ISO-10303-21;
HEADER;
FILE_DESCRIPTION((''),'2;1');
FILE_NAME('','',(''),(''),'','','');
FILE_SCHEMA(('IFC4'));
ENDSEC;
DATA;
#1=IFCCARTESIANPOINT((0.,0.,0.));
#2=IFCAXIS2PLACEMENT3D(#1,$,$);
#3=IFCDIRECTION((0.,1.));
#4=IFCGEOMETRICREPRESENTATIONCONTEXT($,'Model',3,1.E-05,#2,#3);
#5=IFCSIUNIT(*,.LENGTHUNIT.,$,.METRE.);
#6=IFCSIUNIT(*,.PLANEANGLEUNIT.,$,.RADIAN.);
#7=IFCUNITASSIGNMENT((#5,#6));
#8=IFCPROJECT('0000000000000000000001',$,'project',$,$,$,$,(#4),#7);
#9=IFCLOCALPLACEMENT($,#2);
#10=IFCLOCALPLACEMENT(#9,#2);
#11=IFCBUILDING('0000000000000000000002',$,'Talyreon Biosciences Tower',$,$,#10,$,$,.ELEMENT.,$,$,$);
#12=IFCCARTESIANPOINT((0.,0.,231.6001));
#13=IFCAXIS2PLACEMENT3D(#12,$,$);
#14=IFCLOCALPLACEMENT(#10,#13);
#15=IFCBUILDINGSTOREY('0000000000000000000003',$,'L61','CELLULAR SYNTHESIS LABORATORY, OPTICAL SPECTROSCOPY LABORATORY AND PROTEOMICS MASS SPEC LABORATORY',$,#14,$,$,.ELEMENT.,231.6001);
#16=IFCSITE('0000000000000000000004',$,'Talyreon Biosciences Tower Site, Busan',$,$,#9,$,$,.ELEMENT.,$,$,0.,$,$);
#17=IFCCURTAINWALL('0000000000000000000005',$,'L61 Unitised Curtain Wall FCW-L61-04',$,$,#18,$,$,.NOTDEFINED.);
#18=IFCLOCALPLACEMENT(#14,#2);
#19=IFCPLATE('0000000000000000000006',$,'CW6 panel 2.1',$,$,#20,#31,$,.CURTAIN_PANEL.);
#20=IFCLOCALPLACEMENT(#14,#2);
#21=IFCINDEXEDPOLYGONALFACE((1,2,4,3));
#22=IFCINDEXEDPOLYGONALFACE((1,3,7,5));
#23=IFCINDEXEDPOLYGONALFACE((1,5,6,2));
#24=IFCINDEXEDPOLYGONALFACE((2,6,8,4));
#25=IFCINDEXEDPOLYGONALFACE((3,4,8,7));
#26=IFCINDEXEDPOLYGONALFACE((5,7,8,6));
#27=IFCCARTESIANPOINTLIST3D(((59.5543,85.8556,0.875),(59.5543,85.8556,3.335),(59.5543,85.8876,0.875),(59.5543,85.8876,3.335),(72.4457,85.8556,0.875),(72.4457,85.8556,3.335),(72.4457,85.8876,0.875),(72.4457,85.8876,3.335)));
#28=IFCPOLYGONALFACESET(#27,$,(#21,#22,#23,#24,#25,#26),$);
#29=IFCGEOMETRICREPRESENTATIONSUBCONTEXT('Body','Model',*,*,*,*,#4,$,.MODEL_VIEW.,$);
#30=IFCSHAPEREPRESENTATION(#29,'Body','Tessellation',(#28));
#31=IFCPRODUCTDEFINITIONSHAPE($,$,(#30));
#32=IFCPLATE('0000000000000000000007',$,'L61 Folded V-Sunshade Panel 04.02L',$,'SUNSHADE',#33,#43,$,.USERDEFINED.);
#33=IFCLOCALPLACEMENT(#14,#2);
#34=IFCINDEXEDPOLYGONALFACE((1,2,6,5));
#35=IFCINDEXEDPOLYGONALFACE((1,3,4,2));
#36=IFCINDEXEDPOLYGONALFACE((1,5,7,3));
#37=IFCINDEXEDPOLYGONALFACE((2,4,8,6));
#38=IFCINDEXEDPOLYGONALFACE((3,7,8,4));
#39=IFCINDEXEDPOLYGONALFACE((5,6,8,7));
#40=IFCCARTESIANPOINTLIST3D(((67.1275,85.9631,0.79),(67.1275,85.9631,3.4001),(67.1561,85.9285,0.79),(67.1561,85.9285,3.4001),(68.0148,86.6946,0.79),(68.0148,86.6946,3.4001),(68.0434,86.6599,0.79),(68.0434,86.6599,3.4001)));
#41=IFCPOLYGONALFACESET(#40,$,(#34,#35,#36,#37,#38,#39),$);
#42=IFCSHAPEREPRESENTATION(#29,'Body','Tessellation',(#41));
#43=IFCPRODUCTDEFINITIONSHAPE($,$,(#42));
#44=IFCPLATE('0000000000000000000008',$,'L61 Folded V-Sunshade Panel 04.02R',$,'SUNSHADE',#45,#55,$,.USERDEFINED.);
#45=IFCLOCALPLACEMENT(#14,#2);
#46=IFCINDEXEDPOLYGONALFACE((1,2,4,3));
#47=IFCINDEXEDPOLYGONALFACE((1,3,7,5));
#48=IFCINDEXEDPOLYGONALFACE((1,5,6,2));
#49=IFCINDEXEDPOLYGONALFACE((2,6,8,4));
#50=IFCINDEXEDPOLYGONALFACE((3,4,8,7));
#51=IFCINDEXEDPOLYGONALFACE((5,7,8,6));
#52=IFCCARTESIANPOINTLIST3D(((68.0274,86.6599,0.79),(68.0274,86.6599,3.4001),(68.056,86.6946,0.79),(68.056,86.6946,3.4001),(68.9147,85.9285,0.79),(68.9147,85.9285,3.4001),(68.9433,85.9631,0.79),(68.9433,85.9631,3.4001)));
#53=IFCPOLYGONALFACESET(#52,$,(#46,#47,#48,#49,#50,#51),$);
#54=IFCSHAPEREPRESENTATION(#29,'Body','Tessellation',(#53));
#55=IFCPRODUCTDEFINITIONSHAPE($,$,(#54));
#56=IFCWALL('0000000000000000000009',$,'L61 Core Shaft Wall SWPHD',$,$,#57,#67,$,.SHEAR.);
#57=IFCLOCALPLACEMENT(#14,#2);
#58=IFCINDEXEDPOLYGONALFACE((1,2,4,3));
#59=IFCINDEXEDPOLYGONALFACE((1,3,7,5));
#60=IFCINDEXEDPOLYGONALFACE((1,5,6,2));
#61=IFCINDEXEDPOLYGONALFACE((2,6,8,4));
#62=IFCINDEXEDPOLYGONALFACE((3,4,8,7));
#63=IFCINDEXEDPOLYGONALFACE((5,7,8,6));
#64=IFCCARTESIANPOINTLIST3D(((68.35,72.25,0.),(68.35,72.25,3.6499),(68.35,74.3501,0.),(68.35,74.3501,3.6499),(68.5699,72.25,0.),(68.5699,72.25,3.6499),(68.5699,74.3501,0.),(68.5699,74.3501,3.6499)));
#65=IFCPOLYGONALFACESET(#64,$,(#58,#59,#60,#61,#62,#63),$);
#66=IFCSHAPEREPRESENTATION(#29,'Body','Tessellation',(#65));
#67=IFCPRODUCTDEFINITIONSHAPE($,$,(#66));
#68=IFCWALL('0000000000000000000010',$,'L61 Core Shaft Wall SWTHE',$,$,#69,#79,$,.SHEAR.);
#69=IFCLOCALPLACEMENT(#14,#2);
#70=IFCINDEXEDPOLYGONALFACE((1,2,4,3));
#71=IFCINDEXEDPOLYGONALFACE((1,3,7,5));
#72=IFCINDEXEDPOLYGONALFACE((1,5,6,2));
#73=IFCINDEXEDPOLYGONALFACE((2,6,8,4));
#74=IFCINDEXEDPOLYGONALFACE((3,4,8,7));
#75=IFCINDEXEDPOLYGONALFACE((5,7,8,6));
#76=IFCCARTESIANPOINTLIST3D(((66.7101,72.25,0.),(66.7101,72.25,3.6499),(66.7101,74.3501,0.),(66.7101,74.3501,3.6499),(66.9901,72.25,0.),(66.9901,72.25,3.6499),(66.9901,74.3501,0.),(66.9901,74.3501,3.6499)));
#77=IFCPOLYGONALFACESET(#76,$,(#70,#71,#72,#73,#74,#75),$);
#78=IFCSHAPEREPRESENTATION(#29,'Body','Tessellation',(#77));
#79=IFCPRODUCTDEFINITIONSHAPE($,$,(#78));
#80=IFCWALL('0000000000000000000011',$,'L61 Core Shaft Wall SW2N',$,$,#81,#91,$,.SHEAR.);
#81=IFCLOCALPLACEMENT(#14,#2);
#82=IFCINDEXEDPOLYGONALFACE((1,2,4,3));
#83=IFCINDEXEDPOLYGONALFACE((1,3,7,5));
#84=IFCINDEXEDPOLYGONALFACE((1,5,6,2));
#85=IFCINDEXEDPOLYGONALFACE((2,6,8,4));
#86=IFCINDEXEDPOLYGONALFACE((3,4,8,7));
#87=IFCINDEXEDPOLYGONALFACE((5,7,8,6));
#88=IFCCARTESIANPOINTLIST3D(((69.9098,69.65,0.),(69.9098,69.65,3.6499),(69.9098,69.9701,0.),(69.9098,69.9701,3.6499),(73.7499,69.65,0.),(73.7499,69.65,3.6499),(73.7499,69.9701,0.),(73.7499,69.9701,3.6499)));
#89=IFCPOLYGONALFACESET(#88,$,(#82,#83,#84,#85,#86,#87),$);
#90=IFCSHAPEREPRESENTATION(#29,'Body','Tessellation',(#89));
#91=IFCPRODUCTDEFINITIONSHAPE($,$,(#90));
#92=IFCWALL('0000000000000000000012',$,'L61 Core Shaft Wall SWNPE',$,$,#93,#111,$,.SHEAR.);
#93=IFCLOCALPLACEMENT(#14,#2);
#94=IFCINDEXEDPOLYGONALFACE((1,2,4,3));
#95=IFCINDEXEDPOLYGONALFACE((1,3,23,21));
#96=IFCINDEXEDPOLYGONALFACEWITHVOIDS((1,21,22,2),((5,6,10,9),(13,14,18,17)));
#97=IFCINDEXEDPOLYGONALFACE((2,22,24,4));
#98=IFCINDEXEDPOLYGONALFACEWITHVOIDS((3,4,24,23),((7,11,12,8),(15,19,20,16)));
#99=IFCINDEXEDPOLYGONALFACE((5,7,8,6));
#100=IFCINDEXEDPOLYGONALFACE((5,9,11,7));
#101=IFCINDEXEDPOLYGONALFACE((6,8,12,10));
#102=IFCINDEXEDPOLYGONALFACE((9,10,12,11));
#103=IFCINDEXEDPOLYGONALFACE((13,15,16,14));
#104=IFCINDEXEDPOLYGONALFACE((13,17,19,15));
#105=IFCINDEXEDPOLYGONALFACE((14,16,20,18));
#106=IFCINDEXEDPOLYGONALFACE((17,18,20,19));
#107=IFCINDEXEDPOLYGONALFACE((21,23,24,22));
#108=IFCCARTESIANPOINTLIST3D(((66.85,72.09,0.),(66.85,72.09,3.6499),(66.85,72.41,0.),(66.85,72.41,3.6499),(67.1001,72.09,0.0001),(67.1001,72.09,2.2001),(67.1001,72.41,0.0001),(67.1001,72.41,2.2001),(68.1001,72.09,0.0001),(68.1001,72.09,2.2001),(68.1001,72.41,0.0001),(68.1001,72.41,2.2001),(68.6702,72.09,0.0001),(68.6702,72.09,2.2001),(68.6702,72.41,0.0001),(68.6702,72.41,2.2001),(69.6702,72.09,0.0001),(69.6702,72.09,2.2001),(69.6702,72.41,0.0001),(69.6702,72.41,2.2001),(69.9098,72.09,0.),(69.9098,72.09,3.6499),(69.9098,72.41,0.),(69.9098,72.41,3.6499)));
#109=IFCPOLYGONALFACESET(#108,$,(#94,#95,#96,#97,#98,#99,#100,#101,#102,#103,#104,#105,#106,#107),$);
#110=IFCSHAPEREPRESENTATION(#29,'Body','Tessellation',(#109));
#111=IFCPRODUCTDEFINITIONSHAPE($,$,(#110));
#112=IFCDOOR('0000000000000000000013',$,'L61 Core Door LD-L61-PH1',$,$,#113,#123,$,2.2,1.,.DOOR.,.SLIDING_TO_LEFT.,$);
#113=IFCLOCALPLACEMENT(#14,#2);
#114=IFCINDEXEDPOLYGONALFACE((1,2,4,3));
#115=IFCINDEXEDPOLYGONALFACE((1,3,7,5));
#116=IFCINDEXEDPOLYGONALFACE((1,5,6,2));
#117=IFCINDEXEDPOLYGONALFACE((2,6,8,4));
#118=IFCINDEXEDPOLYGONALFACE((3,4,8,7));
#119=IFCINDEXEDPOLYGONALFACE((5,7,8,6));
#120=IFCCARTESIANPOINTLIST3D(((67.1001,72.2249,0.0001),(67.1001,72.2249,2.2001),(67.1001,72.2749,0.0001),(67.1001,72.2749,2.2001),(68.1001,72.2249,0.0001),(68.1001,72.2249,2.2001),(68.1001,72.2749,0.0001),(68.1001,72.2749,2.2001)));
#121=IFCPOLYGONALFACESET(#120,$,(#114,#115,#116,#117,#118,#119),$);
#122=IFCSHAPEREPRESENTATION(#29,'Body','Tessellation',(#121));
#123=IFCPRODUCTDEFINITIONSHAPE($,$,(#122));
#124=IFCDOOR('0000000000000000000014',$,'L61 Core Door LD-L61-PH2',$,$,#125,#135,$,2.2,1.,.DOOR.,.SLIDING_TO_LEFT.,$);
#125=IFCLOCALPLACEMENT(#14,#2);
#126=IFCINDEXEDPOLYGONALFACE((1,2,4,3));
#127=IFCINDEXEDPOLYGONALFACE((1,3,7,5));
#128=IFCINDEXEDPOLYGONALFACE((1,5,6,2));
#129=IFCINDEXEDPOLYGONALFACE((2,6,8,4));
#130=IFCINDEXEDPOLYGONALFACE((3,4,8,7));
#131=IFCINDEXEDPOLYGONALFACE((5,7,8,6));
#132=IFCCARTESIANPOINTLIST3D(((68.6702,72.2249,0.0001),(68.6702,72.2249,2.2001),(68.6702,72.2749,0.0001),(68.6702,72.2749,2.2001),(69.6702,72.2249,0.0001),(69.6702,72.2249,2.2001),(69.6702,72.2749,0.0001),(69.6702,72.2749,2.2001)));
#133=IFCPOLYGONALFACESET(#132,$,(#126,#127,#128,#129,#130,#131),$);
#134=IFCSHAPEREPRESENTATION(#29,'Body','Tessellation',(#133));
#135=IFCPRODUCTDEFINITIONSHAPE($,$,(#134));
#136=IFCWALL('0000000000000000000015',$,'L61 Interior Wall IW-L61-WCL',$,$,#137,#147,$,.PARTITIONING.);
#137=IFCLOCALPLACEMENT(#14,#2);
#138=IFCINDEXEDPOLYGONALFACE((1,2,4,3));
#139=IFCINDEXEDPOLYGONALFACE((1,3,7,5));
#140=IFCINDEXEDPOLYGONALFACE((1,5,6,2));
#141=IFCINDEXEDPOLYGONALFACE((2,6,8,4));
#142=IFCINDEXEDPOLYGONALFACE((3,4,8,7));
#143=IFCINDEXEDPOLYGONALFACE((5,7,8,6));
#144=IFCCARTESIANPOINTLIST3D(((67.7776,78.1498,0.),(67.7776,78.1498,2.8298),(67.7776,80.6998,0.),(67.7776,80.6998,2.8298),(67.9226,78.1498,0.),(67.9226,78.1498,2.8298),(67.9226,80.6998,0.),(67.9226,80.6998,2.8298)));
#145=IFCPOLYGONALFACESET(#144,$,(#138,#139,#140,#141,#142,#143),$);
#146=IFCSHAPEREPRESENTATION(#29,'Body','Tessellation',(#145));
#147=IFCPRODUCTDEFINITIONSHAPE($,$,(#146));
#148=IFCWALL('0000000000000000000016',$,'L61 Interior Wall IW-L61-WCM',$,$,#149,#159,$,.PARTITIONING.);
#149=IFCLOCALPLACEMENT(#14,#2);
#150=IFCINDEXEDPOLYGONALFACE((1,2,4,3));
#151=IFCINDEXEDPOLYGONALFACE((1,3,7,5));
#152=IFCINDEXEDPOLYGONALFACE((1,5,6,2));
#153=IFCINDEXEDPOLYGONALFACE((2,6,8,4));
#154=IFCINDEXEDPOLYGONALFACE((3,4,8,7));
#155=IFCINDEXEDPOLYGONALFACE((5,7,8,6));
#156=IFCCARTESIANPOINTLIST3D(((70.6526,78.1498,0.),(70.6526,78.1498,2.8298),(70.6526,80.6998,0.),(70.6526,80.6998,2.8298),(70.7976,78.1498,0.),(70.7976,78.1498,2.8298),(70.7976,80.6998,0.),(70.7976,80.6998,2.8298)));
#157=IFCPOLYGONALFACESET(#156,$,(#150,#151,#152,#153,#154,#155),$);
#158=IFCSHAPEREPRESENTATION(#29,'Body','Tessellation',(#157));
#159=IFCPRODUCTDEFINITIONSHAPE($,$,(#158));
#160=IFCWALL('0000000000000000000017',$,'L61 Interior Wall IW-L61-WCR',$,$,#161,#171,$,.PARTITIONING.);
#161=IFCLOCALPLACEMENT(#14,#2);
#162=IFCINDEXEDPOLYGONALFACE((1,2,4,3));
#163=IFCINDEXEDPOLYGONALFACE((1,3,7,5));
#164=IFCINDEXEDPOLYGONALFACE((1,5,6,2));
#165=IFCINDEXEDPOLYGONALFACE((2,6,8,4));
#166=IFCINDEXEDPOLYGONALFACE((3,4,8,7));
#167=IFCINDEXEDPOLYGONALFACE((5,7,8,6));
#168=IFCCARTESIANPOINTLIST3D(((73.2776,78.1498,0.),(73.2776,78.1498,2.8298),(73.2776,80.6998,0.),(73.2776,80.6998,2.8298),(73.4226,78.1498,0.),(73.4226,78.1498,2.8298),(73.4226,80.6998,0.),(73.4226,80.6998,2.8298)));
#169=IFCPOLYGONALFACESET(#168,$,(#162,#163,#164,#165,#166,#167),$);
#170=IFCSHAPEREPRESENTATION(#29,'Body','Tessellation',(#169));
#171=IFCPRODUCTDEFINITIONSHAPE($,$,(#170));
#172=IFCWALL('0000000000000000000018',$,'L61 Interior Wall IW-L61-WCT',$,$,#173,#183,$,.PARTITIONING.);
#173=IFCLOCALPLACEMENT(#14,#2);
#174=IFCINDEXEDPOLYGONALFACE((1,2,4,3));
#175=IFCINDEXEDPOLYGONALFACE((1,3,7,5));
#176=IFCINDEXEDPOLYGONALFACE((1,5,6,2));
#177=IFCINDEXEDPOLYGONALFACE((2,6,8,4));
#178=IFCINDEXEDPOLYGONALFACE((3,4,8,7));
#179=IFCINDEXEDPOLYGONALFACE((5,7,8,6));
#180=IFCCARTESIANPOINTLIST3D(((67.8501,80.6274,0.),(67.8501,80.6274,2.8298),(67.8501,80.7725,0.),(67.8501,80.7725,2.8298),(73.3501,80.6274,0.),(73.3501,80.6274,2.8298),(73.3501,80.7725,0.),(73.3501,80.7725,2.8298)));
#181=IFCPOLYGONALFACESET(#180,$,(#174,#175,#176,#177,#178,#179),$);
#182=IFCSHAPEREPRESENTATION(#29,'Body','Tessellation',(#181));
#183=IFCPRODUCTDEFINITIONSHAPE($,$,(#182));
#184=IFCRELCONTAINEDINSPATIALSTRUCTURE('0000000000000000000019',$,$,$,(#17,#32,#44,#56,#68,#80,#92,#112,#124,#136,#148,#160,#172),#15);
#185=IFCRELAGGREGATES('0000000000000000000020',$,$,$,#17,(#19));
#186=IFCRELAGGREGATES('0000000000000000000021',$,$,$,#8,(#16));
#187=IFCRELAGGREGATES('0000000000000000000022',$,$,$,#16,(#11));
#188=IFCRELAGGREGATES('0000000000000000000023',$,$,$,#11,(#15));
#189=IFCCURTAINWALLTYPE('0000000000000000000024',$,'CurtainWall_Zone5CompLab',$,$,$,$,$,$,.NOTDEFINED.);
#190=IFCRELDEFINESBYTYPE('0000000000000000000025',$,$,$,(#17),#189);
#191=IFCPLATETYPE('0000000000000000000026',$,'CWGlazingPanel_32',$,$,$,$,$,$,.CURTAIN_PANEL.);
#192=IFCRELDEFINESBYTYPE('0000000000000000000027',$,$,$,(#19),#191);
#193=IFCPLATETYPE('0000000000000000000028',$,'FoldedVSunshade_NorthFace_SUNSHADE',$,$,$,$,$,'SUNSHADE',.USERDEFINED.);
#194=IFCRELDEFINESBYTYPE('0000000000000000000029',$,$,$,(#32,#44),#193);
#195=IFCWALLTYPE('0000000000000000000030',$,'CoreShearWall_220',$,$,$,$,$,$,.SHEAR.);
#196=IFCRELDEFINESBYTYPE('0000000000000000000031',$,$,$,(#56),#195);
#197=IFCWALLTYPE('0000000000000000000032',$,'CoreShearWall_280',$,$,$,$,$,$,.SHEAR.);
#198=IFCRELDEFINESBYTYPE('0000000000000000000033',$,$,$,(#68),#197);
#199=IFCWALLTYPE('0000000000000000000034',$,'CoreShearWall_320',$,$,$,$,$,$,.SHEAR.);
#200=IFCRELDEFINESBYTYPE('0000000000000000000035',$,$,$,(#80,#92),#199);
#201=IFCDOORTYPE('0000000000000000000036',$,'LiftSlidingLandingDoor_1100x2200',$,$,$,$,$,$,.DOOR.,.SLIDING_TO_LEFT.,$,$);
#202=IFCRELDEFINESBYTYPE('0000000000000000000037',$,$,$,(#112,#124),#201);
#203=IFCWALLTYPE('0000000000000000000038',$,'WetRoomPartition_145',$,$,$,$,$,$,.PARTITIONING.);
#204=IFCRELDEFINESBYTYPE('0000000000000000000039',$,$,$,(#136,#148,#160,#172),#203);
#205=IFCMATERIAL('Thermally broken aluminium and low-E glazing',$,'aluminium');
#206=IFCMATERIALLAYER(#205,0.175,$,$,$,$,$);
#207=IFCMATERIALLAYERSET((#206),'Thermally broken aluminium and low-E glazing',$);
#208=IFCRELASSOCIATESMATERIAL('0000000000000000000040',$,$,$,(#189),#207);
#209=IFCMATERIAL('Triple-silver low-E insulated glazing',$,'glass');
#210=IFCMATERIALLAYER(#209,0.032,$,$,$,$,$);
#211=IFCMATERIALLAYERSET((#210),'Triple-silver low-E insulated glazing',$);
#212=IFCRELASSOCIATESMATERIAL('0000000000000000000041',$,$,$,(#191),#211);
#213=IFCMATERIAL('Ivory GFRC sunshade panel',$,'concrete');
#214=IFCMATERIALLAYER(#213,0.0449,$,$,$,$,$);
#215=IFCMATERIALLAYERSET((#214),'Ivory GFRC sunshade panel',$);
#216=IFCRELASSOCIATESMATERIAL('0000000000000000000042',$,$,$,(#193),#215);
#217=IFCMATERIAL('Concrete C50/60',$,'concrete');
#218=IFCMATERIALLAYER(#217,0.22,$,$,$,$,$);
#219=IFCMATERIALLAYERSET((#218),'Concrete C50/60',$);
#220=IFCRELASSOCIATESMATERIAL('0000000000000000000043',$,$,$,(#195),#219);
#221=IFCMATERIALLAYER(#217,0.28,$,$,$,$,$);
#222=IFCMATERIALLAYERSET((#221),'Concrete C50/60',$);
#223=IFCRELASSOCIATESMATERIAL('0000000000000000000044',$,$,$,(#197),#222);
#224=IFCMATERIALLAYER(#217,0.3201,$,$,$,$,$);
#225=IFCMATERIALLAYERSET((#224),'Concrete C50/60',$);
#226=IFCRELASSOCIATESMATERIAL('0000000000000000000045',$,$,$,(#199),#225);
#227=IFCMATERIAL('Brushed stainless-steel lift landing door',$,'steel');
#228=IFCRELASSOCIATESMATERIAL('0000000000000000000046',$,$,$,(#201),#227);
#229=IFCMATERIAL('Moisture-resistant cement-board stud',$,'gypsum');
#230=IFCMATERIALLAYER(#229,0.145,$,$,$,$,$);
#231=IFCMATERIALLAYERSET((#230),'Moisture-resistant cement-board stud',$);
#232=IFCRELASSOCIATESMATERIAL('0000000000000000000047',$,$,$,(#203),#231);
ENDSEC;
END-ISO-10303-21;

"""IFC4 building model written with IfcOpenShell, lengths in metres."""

from ifc_helpers import new_model, si_unit, direction, frame, frame_2d, origin, origin_2d, place, context, subcontext, project, spatial, rectangle, extrude, material, layer, layer_set, type_object, element, fill, aggregate, save


model = new_model("IFC4")

# Units and contexts
model_context = context("Model", 3, precision=1e-05, world=origin(), true_north=direction((0.0, 1.0)))
body_context = subcontext(model_context, "Body", "Model", "MODEL_VIEW")
ifc_project = project(units=[si_unit("LENGTHUNIT", "METRE"), si_unit("PLANEANGLEUNIT", "RADIAN")], contexts=[model_context])

# Site, building, storey
site_placement = place(None, origin())
site = spatial("IfcSite", under=ifc_project, at=site_placement, Name="Talyreon Biosciences Tower Site, Busan", CompositionType="ELEMENT", RefElevation=0.0)
building_placement = place(site_placement, origin())
building = spatial("IfcBuilding", under=site, at=building_placement, Name="Talyreon Biosciences Tower", CompositionType="ELEMENT")
storey_placement = place(building_placement, frame((0.0, 0.0, 231.6001)))
storey = spatial("IfcBuildingStorey", under=building, at=storey_placement, Name="L61", Description="CELLULAR SYNTHESIS LABORATORY, OPTICAL SPECTROSCOPY LABORATORY AND PROTEOMICS MASS SPEC LABORATORY", CompositionType="ELEMENT", Elevation=231.6001)

# Shared definitions
ifc_material_1 = material(Name="Concrete C50/60", Category="concrete")

# Curtain wall
ifc_material_2 = material(Name="Thermally broken aluminium and low-E glazing", Category="aluminium")
ifc_layer_1 = layer(ifc_material_2, 0.175)
ifc_layer_set_1 = layer_set([ifc_layer_1], Name="Thermally broken aluminium and low-E glazing")
curtain_wall_type = type_object("IfcCurtainWallType", Name="CurtainWall_Zone5CompLab", PredefinedType="NOTDEFINED", material=ifc_layer_set_1)
curtain_wall_placement = place(storey_placement, origin())
curtain_wall = element("IfcCurtainWall", 1, at=curtain_wall_placement, inside=storey, type_object=curtain_wall_type, Name="L61 Unitised Curtain Wall FCW-L61-04", PredefinedType="NOTDEFINED")

# Plate
ifc_material_3 = material(Name="Triple-silver low-E insulated glazing", Category="glass")
ifc_layer_2 = layer(ifc_material_3, 0.032)
ifc_layer_set_2 = layer_set([ifc_layer_2], Name="Triple-silver low-E insulated glazing")
plate_type_1 = type_object("IfcPlateType", Name="CWGlazingPanel_32", PredefinedType="CURTAIN_PANEL", material=ifc_layer_set_2)
plate_placement = place(storey_placement, frame((66.0, 85.8716, 0.875), z_axis=(0.0, 0.0, 1.0), x_axis=(1.0, 0.0, 0.0)))
plate = element("IfcPlate", 2, at=plate_placement, type_object=plate_type_1, Name="CW6 panel 2.1", PredefinedType="CURTAIN_PANEL", context=body_context, shape_type="SweptSolid", body=[
    extrude(rectangle(XDim=12.8914, YDim=0.032, at=origin_2d()), origin(), (0.0, 0.0, 1.0), 2.46),
])
aggregate(curtain_wall, [plate])

# Plates
ifc_material_4 = material(Name="Ivory GFRC sunshade panel", Category="concrete")
ifc_layer_3 = layer(ifc_material_4, 0.0449)
ifc_layer_set_3 = layer_set([ifc_layer_3], Name="Ivory GFRC sunshade panel")
plate_type_2 = type_object("IfcPlateType", Name="FoldedVSunshade_NorthFace_SUNSHADE", ElementType="SUNSHADE", PredefinedType="USERDEFINED", material=ifc_layer_set_3)
for number, where, z_axis, x_axis, name in (
    (3, (67.5854, 86.3115, 0.79), (0.0, 0.0, 1.0), (0.771625, 0.636078, 0.0), "L61 Folded V-Sunshade Panel 04.02L"),
    (4, (68.4854, 86.3115, 0.79), (0.0, 0.0, 1.0), (0.771625, -0.636078, 0.0), "L61 Folded V-Sunshade Panel 04.02R"),
):
    element("IfcPlate", number, at=place(storey_placement, frame(where, z_axis=z_axis, x_axis=x_axis)), inside=storey, type_object=plate_type_2, Name=name, ObjectType="SUNSHADE", PredefinedType="USERDEFINED", context=body_context, shape_type="SweptSolid", body=[
        extrude(rectangle(XDim=1.1499, YDim=0.0449, at=origin_2d()), origin(), (0.0, 0.0, 1.0), 2.6101),
    ])

# Walls
ifc_layer_4 = layer(ifc_material_1, 0.22)
ifc_layer_set_4 = layer_set([ifc_layer_4], Name="Concrete C50/60")
wall_type_1 = type_object("IfcWallType", Name="CoreShearWall_220", PredefinedType="SHEAR", material=ifc_layer_set_4)
wall_1_placement = place(storey_placement, frame((68.46, 72.25, 0.0), z_axis=(0.0, 0.0, 1.0), x_axis=(0.0, 1.0, 0.0)))
element("IfcWall", 5, at=wall_1_placement, inside=storey, type_object=wall_type_1, Name="L61 Core Shaft Wall SWPHD", PredefinedType="SHEAR", context=body_context, shape_type="SweptSolid", body=[
    extrude(rectangle(XDim=2.1001, YDim=0.22, at=frame_2d((1.05, 0.0))), origin(), (0.0, 0.0, 1.0), 3.6499),
])
ifc_layer_5 = layer(ifc_material_1, 0.28)
ifc_layer_set_5 = layer_set([ifc_layer_5], Name="Concrete C50/60")
wall_type_2 = type_object("IfcWallType", Name="CoreShearWall_280", PredefinedType="SHEAR", material=ifc_layer_set_5)
wall_2_placement = place(storey_placement, frame((66.8501, 72.25, 0.0), z_axis=(0.0, 0.0, 1.0), x_axis=(0.0, 1.0, 0.0)))
element("IfcWall", 6, at=wall_2_placement, inside=storey, type_object=wall_type_2, Name="L61 Core Shaft Wall SWTHE", PredefinedType="SHEAR", context=body_context, shape_type="SweptSolid", body=[
    extrude(rectangle(XDim=2.1001, YDim=0.28, at=frame_2d((1.05, 0.0))), origin(), (0.0, 0.0, 1.0), 3.6499),
])
ifc_layer_6 = layer(ifc_material_1, 0.3201)
ifc_layer_set_6 = layer_set([ifc_layer_6], Name="Concrete C50/60")
wall_type_3 = type_object("IfcWallType", Name="CoreShearWall_320", PredefinedType="SHEAR", material=ifc_layer_set_6)
wall_3_placement = place(storey_placement, frame((69.9099, 69.8101, 0.0), z_axis=(0.0, 0.0, 1.0), x_axis=(1.0, 0.0, 0.0)))
element("IfcWall", 7, at=wall_3_placement, inside=storey, type_object=wall_type_3, Name="L61 Core Shaft Wall SW2N", PredefinedType="SHEAR", context=body_context, shape_type="SweptSolid", body=[
    extrude(rectangle(XDim=3.8401, YDim=0.3201, at=frame_2d((1.9199, 0.0))), origin(), (0.0, 0.0, 1.0), 3.6499),
])

# Wall, openings, doors
wall_4_placement = place(storey_placement, frame((66.8501, 72.25, 0.0), z_axis=(0.0, 0.0, 1.0), x_axis=(1.0, 0.0, 0.0)))
wall_4 = element("IfcWall", 8, at=wall_4_placement, inside=storey, type_object=wall_type_3, Name="L61 Core Shaft Wall SWNPE", PredefinedType="SHEAR", context=body_context, shape_type="SweptSolid", body=[
    extrude(rectangle(XDim=3.0598, YDim=0.3201, at=frame_2d((1.5298, 0.0))), origin(), (0.0, 0.0, 1.0), 3.6499),
])
opening_1_placement = place(wall_4_placement, frame((0.25, 0.0, 0.0)))
opening_1 = element("IfcOpeningElement", 9, at=opening_1_placement, cuts=wall_4, PredefinedType="OPENING", context=body_context, shape_type="SweptSolid", body=[
    extrude(rectangle(XDim=1.0, YDim=2.2, at=frame_2d((0.5, 1.1001))), frame((0.0, 0.1699, 0.0), z_axis=(0.0, -1.0, 0.0), x_axis=(1.0, 0.0, 0.0)), (0.0, 0.0, 1.0), 0.3401),
])
opening_2_placement = place(wall_4_placement, frame((1.8201, 0.0, 0.0)))
opening_2 = element("IfcOpeningElement", 10, at=opening_2_placement, cuts=wall_4, PredefinedType="OPENING", context=body_context, shape_type="SweptSolid", body=[
    extrude(rectangle(XDim=1.0, YDim=2.2, at=frame_2d((0.5, 1.1001))), frame((0.0, 0.1699, 0.0), z_axis=(0.0, -1.0, 0.0), x_axis=(1.0, 0.0, 0.0)), (0.0, 0.0, 1.0), 0.3401),
])
ifc_material_5 = material(Name="Brushed stainless-steel lift landing door", Category="steel")
door_type = type_object("IfcDoorType", Name="LiftSlidingLandingDoor_1100x2200", OperationType="SLIDING_TO_LEFT", PredefinedType="DOOR", material=ifc_material_5)
door_1_placement = place(opening_1_placement, origin())
door_1 = element("IfcDoor", 11, at=door_1_placement, inside=storey, type_object=door_type, Name="L61 Core Door LD-L61-PH1", OperationType="SLIDING_TO_LEFT", OverallHeight=2.2, OverallWidth=1.0, PredefinedType="DOOR", context=body_context, shape_type="SweptSolid", body=[
    extrude(rectangle(XDim=1.0, YDim=2.2, at=frame_2d((0.5, 1.1001))), frame((0.0, 0.0249, 0.0), z_axis=(0.0, -1.0, 0.0), x_axis=(1.0, 0.0, 0.0)), (0.0, 0.0, 1.0), 0.05),
])
fill(opening_1, door_1)
door_2_placement = place(opening_2_placement, origin())
door_2 = element("IfcDoor", 12, at=door_2_placement, inside=storey, type_object=door_type, Name="L61 Core Door LD-L61-PH2", OperationType="SLIDING_TO_LEFT", OverallHeight=2.2, OverallWidth=1.0, PredefinedType="DOOR", context=body_context, shape_type="SweptSolid", body=[
    extrude(rectangle(XDim=1.0, YDim=2.2, at=frame_2d((0.5, 1.1001))), frame((0.0, 0.0249, 0.0), z_axis=(0.0, -1.0, 0.0), x_axis=(1.0, 0.0, 0.0)), (0.0, 0.0, 1.0), 0.05),
])
fill(opening_2, door_2)

# Walls
ifc_material_6 = material(Name="Moisture-resistant cement-board stud", Category="gypsum")
ifc_layer_7 = layer(ifc_material_6, 0.145)
ifc_layer_set_7 = layer_set([ifc_layer_7], Name="Moisture-resistant cement-board stud")
wall_type_4 = type_object("IfcWallType", Name="WetRoomPartition_145", PredefinedType="PARTITIONING", material=ifc_layer_set_7)
for number, where, z_axis, x_axis, name in (
    (13, (67.8501, 78.1499, 0.0), (0.0, 0.0, 1.0), (0.0, 1.0, 0.0), "L61 Interior Wall IW-L61-WCL"),
    (14, (70.7251, 78.1499, 0.0), (0.0, 0.0, 1.0), (0.0, 1.0, 0.0), "L61 Interior Wall IW-L61-WCM"),
    (15, (73.3501, 78.1499, 0.0), (0.0, 0.0, 1.0), (0.0, 1.0, 0.0), "L61 Interior Wall IW-L61-WCR"),
):
    element("IfcWall", number, at=place(storey_placement, frame(where, z_axis=z_axis, x_axis=x_axis)), inside=storey, type_object=wall_type_4, Name=name, PredefinedType="PARTITIONING", context=body_context, shape_type="SweptSolid", body=[
        extrude(rectangle(XDim=2.55, YDim=0.145, at=frame_2d((1.2749, 0.0))), origin(), (0.0, 0.0, 1.0), 2.8298),
    ])
wall_5_placement = place(storey_placement, frame((67.8501, 80.7, 0.0), z_axis=(0.0, 0.0, 1.0), x_axis=(1.0, 0.0, 0.0)))
element("IfcWall", 16, at=wall_5_placement, inside=storey, type_object=wall_type_4, Name="L61 Interior Wall IW-L61-WCT", PredefinedType="PARTITIONING", context=body_context, shape_type="SweptSolid", body=[
    extrude(rectangle(XDim=5.5, YDim=0.145, at=frame_2d((2.75, 0.0))), origin(), (0.0, 0.0, 1.0), 2.8298),
])

save(model, "model.ifc")
